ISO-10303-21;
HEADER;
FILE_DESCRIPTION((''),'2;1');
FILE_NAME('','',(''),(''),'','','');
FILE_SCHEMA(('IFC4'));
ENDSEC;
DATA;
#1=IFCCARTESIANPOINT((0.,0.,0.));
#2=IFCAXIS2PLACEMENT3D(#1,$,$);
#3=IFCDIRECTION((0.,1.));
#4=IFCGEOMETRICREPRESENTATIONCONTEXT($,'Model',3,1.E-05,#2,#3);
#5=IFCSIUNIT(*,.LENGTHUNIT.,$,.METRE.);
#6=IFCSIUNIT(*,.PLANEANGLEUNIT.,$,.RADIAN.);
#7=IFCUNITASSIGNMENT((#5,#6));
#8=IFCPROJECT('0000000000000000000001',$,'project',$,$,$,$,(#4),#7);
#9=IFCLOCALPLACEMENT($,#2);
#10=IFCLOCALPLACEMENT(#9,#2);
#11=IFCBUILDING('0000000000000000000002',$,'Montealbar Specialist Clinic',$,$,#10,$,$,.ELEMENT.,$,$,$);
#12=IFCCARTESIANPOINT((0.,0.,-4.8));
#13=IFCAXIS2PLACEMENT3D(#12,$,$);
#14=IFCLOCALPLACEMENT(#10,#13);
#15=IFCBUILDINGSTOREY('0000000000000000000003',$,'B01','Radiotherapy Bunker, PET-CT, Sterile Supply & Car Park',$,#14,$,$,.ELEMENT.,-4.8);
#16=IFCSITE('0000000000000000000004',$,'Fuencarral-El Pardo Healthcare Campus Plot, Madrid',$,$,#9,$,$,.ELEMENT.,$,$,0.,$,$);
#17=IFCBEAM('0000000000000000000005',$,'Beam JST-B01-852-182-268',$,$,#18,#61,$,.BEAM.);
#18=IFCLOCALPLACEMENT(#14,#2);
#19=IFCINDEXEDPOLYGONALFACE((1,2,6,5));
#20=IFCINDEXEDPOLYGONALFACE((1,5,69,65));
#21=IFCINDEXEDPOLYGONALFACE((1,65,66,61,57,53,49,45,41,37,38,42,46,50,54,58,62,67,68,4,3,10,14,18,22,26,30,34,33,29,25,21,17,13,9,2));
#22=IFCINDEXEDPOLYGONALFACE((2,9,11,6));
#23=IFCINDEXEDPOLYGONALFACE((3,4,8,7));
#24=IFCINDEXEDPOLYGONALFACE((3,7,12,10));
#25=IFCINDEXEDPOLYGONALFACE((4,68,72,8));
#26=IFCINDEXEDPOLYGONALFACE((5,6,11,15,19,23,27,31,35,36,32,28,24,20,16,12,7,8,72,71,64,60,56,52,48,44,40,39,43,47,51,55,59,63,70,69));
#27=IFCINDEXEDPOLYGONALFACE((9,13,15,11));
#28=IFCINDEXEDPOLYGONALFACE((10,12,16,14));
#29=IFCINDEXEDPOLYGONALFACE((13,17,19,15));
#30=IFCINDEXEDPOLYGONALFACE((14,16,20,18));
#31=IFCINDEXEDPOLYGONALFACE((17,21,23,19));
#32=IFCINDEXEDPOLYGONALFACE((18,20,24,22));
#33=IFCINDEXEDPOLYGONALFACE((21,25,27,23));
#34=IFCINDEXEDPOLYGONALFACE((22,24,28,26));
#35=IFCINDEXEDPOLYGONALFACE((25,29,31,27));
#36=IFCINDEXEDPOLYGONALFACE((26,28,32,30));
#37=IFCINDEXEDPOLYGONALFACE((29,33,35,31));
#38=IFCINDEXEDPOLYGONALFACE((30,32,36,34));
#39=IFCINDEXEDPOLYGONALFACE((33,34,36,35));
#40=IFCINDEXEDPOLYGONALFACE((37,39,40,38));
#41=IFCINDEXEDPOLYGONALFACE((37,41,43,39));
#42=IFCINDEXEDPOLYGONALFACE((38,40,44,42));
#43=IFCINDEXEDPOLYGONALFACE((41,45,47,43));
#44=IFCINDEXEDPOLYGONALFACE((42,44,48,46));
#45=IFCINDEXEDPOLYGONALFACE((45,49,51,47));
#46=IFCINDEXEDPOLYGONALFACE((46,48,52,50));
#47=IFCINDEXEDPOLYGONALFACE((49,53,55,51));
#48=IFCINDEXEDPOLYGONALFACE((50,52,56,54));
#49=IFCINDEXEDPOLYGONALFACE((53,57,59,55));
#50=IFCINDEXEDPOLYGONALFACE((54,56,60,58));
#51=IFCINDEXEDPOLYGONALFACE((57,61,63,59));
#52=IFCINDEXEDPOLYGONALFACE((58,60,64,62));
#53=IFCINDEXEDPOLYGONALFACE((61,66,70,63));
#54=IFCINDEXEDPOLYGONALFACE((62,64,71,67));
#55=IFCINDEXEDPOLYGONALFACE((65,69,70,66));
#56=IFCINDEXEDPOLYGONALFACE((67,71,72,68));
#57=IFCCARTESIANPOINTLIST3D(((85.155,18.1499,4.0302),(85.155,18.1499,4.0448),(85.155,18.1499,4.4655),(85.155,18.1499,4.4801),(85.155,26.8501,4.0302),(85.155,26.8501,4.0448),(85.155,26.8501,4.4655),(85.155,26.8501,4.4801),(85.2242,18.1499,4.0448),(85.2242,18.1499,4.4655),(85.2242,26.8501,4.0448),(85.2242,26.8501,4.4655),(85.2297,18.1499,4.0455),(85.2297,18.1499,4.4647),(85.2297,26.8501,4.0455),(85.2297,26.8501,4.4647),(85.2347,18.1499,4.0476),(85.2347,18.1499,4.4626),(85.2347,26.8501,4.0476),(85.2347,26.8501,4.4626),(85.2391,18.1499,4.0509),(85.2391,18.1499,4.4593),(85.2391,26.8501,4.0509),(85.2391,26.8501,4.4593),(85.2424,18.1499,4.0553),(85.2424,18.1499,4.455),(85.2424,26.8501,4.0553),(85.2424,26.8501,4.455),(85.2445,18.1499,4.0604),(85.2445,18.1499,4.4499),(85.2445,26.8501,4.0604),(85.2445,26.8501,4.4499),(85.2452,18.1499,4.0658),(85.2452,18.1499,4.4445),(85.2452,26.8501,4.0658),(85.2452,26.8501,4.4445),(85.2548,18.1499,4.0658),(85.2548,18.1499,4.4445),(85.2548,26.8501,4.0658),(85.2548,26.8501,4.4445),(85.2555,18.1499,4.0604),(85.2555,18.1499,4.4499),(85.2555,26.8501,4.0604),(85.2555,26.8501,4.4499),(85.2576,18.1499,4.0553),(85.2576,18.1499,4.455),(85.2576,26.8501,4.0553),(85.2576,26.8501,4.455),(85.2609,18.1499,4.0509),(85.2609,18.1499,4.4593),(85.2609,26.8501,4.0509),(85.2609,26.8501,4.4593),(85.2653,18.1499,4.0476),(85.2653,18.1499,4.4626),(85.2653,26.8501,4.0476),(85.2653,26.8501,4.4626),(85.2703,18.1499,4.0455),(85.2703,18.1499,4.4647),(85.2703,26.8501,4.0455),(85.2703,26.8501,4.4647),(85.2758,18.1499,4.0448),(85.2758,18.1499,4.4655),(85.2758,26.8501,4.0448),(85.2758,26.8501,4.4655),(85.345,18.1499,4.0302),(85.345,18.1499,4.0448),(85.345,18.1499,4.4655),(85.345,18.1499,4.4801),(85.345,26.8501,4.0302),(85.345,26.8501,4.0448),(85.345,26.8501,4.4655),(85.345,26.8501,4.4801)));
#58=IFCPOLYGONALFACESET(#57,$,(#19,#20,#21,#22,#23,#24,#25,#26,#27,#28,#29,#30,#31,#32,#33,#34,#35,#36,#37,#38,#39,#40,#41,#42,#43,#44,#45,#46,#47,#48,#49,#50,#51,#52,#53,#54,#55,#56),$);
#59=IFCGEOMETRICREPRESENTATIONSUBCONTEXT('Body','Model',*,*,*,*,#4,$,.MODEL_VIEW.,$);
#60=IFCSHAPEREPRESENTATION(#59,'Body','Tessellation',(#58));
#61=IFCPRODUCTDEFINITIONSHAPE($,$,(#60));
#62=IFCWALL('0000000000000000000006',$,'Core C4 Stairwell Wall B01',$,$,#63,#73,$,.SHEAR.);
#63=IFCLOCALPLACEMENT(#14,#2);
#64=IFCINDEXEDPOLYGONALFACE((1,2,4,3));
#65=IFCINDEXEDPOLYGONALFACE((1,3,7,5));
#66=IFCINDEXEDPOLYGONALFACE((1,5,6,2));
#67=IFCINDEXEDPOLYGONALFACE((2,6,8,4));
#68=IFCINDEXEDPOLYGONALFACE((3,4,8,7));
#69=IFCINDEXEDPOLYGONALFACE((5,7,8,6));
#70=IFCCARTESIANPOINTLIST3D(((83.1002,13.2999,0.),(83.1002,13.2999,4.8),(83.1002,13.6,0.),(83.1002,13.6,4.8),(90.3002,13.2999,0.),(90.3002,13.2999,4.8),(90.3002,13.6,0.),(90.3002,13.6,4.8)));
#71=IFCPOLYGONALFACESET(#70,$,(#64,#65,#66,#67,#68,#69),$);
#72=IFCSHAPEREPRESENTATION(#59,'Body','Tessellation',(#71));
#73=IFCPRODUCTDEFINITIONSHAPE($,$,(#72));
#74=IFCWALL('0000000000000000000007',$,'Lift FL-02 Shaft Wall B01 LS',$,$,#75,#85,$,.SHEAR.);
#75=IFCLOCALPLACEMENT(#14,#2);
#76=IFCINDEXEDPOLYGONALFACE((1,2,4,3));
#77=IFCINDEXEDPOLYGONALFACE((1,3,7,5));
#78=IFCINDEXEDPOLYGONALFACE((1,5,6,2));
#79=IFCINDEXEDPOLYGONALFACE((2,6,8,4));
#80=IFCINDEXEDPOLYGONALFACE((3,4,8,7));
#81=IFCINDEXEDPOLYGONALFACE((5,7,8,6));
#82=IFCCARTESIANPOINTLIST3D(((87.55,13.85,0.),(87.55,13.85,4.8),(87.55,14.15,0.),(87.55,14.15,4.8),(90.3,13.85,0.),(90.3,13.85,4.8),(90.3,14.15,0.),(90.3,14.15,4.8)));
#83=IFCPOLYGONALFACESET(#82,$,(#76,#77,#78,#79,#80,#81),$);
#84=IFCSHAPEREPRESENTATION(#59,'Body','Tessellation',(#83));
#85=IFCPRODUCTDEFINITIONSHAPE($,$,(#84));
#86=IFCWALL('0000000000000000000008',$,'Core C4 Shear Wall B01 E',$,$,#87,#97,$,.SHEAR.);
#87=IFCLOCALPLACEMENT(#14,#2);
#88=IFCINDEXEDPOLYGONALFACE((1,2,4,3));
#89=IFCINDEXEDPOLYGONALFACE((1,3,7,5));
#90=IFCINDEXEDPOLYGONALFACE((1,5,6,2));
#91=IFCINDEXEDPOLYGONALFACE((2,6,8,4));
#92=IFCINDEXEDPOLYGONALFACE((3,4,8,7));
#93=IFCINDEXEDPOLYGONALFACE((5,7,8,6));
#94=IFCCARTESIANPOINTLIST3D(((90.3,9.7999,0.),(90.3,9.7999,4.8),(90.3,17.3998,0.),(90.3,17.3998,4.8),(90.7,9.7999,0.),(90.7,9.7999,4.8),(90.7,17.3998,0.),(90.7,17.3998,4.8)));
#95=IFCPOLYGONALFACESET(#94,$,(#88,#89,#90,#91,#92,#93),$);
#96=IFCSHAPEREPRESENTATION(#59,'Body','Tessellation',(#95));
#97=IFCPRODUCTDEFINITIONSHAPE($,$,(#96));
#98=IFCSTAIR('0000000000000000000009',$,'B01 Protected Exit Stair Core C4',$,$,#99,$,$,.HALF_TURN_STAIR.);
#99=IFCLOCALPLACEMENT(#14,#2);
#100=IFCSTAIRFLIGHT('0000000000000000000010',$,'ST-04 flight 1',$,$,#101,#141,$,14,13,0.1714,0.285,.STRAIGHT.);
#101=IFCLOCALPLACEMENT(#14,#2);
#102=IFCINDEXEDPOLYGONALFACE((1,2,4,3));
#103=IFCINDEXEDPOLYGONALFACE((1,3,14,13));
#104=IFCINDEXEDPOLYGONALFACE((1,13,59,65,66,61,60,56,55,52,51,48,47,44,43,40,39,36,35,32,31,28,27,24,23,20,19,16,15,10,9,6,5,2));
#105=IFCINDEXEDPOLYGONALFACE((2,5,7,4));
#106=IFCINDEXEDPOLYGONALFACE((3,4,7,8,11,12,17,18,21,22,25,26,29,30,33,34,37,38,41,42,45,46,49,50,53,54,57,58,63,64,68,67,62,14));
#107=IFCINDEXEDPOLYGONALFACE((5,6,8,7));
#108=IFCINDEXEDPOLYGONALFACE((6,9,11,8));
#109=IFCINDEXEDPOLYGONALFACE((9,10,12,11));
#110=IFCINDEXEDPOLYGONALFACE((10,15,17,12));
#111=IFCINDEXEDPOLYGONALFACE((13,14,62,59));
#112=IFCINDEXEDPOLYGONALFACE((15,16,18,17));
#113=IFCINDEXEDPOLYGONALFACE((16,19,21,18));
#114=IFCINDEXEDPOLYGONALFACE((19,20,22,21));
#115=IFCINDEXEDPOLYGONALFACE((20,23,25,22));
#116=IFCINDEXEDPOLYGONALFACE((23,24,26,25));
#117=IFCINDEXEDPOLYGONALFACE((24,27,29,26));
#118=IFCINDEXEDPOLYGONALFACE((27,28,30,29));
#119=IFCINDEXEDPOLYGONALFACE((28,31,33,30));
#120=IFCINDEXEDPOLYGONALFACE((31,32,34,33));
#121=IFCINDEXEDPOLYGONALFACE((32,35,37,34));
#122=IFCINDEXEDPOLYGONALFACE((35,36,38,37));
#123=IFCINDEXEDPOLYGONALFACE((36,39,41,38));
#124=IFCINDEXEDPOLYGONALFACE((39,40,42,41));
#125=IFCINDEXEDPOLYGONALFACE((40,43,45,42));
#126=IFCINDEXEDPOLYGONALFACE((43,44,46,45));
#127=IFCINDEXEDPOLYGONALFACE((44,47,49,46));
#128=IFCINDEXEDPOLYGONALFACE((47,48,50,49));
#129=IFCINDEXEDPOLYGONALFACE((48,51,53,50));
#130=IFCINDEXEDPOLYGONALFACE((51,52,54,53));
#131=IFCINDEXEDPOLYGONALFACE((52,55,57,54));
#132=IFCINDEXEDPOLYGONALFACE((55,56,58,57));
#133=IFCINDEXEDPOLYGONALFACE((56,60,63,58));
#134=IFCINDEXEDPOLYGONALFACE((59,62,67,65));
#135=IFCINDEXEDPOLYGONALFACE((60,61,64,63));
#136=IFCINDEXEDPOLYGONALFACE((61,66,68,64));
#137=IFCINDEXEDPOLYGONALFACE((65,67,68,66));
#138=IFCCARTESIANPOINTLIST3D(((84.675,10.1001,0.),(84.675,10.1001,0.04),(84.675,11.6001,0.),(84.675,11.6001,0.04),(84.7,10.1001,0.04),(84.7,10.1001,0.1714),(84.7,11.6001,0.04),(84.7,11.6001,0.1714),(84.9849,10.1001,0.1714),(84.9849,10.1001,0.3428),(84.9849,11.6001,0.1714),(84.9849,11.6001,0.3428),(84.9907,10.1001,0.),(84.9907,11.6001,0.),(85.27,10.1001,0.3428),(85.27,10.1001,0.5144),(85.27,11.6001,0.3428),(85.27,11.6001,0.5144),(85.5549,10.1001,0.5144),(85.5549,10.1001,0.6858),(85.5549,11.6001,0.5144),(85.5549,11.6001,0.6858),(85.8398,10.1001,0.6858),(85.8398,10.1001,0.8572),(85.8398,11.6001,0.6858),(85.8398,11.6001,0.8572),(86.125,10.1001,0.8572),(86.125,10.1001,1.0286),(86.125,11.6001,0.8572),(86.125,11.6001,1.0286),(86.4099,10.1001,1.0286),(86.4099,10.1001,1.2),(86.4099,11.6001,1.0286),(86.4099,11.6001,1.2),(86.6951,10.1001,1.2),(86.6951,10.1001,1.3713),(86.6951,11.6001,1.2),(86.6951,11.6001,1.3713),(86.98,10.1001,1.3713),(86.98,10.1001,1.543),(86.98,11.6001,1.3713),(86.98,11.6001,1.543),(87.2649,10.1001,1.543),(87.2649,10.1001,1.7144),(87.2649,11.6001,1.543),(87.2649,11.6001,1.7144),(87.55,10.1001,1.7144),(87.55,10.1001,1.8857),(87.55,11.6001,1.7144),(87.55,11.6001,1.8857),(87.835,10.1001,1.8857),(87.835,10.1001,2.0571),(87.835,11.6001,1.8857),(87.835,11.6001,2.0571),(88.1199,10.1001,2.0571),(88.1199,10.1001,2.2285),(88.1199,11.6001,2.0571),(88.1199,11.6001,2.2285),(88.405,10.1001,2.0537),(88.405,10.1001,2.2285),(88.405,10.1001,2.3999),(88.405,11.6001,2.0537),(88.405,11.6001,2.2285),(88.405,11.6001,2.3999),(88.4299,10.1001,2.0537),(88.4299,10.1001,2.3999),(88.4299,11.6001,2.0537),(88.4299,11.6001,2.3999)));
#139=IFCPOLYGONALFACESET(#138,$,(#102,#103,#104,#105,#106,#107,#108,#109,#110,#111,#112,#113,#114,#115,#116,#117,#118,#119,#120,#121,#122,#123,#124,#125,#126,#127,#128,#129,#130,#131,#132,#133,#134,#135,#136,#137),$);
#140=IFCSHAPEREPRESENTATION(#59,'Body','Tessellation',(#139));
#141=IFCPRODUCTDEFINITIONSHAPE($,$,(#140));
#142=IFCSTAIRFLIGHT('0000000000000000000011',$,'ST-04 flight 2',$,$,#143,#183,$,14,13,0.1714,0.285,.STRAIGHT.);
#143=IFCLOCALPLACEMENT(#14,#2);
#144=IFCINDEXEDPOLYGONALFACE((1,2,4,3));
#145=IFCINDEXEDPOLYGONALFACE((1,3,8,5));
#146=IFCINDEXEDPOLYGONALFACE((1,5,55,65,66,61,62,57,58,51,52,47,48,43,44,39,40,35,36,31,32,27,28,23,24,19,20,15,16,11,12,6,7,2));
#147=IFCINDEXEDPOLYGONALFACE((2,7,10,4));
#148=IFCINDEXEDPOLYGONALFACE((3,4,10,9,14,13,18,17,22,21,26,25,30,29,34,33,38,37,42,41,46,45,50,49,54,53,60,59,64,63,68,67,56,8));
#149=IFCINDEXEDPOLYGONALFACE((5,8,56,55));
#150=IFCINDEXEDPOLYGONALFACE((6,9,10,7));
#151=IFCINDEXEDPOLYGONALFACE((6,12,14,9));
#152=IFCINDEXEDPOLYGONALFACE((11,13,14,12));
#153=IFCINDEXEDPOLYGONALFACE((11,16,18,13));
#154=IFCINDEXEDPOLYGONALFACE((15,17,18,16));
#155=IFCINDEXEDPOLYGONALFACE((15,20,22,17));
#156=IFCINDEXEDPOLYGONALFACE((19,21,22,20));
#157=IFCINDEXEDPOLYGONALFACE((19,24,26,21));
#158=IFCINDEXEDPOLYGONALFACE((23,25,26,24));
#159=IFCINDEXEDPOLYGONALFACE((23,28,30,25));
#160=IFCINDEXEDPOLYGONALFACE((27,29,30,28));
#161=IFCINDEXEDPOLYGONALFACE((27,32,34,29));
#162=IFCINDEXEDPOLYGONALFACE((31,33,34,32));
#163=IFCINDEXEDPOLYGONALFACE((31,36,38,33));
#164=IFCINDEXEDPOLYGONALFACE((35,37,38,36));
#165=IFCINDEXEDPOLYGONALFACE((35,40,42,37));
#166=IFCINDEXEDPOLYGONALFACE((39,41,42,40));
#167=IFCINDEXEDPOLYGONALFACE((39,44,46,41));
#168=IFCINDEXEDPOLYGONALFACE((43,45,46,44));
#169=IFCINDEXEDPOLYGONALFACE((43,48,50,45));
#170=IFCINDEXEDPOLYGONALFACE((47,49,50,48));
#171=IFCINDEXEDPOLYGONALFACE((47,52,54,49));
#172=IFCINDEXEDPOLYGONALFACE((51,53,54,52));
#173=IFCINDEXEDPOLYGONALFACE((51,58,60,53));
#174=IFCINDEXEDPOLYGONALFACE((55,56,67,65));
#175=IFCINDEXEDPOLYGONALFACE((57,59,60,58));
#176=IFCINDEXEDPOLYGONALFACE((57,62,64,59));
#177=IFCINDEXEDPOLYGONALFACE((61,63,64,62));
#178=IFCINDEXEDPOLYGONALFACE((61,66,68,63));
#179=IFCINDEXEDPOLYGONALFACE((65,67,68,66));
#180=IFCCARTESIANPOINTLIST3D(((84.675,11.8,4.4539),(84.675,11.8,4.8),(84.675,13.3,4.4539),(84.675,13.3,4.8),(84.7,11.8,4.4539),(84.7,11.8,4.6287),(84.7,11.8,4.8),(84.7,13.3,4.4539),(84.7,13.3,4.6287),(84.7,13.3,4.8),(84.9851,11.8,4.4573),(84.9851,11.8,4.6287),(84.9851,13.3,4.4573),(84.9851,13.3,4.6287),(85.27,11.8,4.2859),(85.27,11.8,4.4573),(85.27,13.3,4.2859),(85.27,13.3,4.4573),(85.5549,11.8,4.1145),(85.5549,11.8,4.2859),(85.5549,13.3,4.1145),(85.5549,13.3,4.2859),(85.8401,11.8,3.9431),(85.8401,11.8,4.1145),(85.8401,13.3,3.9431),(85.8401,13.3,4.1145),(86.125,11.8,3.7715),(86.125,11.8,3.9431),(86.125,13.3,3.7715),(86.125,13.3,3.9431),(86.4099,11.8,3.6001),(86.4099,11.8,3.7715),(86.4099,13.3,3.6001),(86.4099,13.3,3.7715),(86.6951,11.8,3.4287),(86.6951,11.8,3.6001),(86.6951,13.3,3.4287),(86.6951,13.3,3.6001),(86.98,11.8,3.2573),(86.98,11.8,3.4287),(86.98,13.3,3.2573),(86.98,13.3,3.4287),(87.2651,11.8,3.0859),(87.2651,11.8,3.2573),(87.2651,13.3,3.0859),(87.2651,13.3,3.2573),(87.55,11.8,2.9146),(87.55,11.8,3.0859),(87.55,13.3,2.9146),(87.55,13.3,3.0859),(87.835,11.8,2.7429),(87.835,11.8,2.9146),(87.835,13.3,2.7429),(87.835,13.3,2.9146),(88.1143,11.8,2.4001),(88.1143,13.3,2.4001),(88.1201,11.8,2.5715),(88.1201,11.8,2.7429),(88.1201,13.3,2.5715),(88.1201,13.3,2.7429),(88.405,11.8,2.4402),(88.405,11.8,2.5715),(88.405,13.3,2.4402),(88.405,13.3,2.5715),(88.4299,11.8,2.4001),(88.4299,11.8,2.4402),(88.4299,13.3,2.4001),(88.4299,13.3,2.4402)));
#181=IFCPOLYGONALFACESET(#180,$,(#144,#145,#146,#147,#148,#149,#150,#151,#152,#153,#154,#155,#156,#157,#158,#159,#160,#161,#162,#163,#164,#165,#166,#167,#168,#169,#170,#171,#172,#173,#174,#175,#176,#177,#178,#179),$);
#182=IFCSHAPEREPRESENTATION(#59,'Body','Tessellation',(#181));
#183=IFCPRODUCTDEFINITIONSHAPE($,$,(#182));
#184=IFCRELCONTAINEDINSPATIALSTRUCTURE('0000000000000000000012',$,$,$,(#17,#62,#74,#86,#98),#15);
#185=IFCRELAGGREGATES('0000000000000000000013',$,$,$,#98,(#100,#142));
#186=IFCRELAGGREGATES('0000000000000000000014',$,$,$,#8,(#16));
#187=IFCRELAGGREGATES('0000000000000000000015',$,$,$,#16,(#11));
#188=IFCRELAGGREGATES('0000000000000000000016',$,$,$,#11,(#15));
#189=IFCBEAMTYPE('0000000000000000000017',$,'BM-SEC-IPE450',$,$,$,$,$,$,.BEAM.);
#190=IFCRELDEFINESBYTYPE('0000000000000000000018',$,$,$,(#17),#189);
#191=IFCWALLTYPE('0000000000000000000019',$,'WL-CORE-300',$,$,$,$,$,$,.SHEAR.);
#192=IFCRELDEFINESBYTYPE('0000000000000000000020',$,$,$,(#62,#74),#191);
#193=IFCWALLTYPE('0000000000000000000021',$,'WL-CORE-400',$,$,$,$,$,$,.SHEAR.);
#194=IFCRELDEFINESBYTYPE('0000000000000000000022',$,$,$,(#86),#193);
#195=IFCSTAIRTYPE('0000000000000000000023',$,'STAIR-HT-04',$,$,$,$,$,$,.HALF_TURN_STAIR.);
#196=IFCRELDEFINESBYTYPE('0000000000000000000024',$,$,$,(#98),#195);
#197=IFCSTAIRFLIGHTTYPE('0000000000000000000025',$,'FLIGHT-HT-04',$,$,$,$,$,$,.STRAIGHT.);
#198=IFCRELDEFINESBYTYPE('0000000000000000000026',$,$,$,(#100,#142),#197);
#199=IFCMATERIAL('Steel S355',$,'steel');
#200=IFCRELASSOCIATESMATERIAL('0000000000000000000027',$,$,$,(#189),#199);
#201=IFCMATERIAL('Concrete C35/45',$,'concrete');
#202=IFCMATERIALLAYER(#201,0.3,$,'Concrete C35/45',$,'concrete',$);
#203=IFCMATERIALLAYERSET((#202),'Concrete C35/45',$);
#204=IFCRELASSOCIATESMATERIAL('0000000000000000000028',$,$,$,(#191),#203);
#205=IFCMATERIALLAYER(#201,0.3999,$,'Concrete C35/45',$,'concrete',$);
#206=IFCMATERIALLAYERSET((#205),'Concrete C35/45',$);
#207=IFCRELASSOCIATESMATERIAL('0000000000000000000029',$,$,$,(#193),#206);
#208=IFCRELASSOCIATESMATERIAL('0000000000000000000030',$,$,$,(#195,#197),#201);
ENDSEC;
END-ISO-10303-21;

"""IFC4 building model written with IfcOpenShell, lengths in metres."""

from ifc_helpers import new_model, si_unit, direction, frame, frame_2d, origin, origin_2d, place, context, subcontext, project, spatial, polyline, rectangle, i_section, outline, extrude, material, layer, layer_set, material_profile, profile_set, type_object, element, aggregate, save


model = new_model("IFC4")

# Units and contexts
model_context = context("Model", 3, precision=1e-05, world=origin(), true_north=direction((0.0, 1.0)))
body_context = subcontext(model_context, "Body", "Model", "MODEL_VIEW")
ifc_project = project(units=[si_unit("LENGTHUNIT", "METRE"), si_unit("PLANEANGLEUNIT", "RADIAN")], contexts=[model_context])

# Site, building, storey
site_placement = place(None, origin())
site = spatial("IfcSite", under=ifc_project, at=site_placement, Name="Fuencarral-El Pardo Healthcare Campus Plot, Madrid", CompositionType="ELEMENT", RefElevation=0.0)
building_placement = place(site_placement, origin())
building = spatial("IfcBuilding", under=site, at=building_placement, Name="Montealbar Specialist Clinic", CompositionType="ELEMENT")
storey_placement = place(building_placement, frame((0.0, 0.0, -4.8)))
storey = spatial("IfcBuildingStorey", under=building, at=storey_placement, Name="B01", Description="Radiotherapy Bunker, PET-CT, Sterile Supply & Car Park", CompositionType="ELEMENT", Elevation=-4.8)

# Beam
ifc_material_1 = material(Name="Steel S355", Category="steel")
ifc_material_profile_1 = material_profile(ifc_material_1, i_section(OverallWidth=0.1899, OverallDepth=0.45, WebThickness=0.0095, FlangeThickness=0.0146, FilletRadius=0.021, at=origin_2d()), Name="IPE 450", Category="steel")
ifc_profile_set_1 = profile_set([ifc_material_profile_1], Name="Steel S355")
beam_type_1 = type_object("IfcBeamType", Name="BM-SEC-IPE450", PredefinedType="BEAM", material=ifc_profile_set_1)
beam_1_placement = place(storey_placement, frame((85.25, 18.1499, 4.2551), z_axis=(0.0, 1.0, 0.0), x_axis=(-1.0, 0.0, 0.0)))
element("IfcBeam", 1, at=beam_1_placement, inside=storey, type_object=beam_type_1, Name="Beam JST-B01-852-182-268", PredefinedType="BEAM", context=body_context, shape_type="SweptSolid", body=[
    extrude(i_section(OverallWidth=0.1899, OverallDepth=0.45, WebThickness=0.0095, FlangeThickness=0.0146, FilletRadius=0.021, at=origin_2d()), origin(), (0.0, 0.0, 1.0), 8.7002),
])

# Walls
ifc_material_2 = material(Name="Concrete C35/45", Category="concrete")
ifc_layer_1 = layer(ifc_material_2, 0.3, Name="Concrete C35/45", Category="concrete")
ifc_layer_set_1 = layer_set([ifc_layer_1], Name="Concrete C35/45")
wall_type_1 = type_object("IfcWallType", Name="WL-CORE-300", PredefinedType="SHEAR", material=ifc_layer_set_1)
wall_1_placement = place(storey_placement, frame((83.1001, 13.45, 0.0), z_axis=(0.0, 0.0, 1.0), x_axis=(1.0, 0.0, 0.0)))
element("IfcWall", 2, at=wall_1_placement, inside=storey, type_object=wall_type_1, Name="Core C4 Stairwell Wall B01", PredefinedType="SHEAR", context=body_context, shape_type="SweptSolid", body=[
    extrude(rectangle(XDim=7.2, YDim=0.3, at=frame_2d((3.6001, 0.0))), origin(), (0.0, 0.0, 1.0), 4.8),
])
wall_2_placement = place(storey_placement, frame((87.55, 14.0, 0.0), z_axis=(0.0, 0.0, 1.0), x_axis=(1.0, 0.0, 0.0)))
element("IfcWall", 3, at=wall_2_placement, inside=storey, type_object=wall_type_1, Name="Lift FL-02 Shaft Wall B01 LS", PredefinedType="SHEAR", context=body_context, shape_type="SweptSolid", body=[
    extrude(rectangle(XDim=2.75, YDim=0.3, at=frame_2d((1.375, 0.0))), origin(), (0.0, 0.0, 1.0), 4.8),
])

# Wall
ifc_layer_2 = layer(ifc_material_2, 0.3999, Name="Concrete C35/45", Category="concrete")
ifc_layer_set_2 = layer_set([ifc_layer_2], Name="Concrete C35/45")
wall_type_2 = type_object("IfcWallType", Name="WL-CORE-400", PredefinedType="SHEAR", material=ifc_layer_set_2)
wall_3_placement = place(storey_placement, frame((90.5, 9.8, 0.0), z_axis=(0.0, 0.0, 1.0), x_axis=(0.0, 1.0, 0.0)))
element("IfcWall", 4, at=wall_3_placement, inside=storey, type_object=wall_type_2, Name="Core C4 Shear Wall B01 E", PredefinedType="SHEAR", context=body_context, shape_type="SweptSolid", body=[
    extrude(rectangle(XDim=7.5999, YDim=0.3999, at=frame_2d((3.7998, 0.0))), origin(), (0.0, 0.0, 1.0), 4.8),
])

# Stair, stair flights
stair_type = type_object("IfcStairType", Name="STAIR-HT-04", PredefinedType="HALF_TURN_STAIR", material=ifc_material_2)
stair_placement = place(storey_placement, origin())
stair = element("IfcStair", 5, at=stair_placement, inside=storey, type_object=stair_type, Name="B01 Protected Exit Stair Core C4", PredefinedType="HALF_TURN_STAIR")
stair_flight_type = type_object("IfcStairFlightType", Name="FLIGHT-HT-04", PredefinedType="STRAIGHT", material=ifc_material_2)
stair_flight_1_placement = place(storey_placement, frame((84.7, 10.8501, 0.0), z_axis=(0.0, 0.0, 1.0), x_axis=(1.0, 0.0, 0.0)))
stair_flight_1 = element("IfcStairFlight", 6, at=stair_flight_1_placement, type_object=stair_flight_type, Name="ST-04 flight 1", NumberOfRisers=14, NumberOfTreads=13, PredefinedType="STRAIGHT", RiserHeight=0.1714, TreadLength=0.285, context=body_context, shape_type="SweptSolid", body=[
    extrude(outline(polyline([(-0.0249, 0.0), (-0.0249, 0.04), (0.0, 0.04), (0.0, 0.1714), (0.2849, 0.1714), (0.2849, 0.3428), (0.5701, 0.3428), (0.5701, 0.5144), (0.855, 0.5144), (0.855, 0.6858), (1.1399, 0.6858), (1.1399, 0.8572), (1.425, 0.8572), (1.425, 1.0286), (1.71, 1.0286), (1.71, 1.2), (1.9951, 1.2), (1.9951, 1.3713), (2.28, 1.3713), (2.28, 1.543), (2.5649, 1.543), (2.5649, 1.7144), (2.8501, 1.7144), (2.8501, 1.8857), (3.135, 1.8857), (3.135, 2.0571), (3.4199, 2.0571), (3.4199, 2.2285), (3.7051, 2.2285), (3.7051, 2.3999), (3.73, 2.3999), (3.73, 2.0537), (3.7051, 2.0537), (0.2908, 0.0), (-0.0249, 0.0)])), frame((0.0, 0.75, 0.0), z_axis=(0.0, -1.0, 0.0), x_axis=(1.0, 0.0, 0.0)), (0.0, 0.0, 1.0), 1.5),
])
stair_flight_2_placement = place(storey_placement, frame((88.405, 12.55, 2.4001), z_axis=(0.0, 0.0, 1.0), x_axis=(-1.0, 0.0, 0.0)))
stair_flight_2 = element("IfcStairFlight", 7, at=stair_flight_2_placement, type_object=stair_flight_type, Name="ST-04 flight 2", NumberOfRisers=14, NumberOfTreads=13, PredefinedType="STRAIGHT", RiserHeight=0.1714, TreadLength=0.285, context=body_context, shape_type="SweptSolid", body=[
    extrude(outline(polyline([(-0.0249, 0.0), (-0.0249, 0.04), (0.0, 0.04), (0.0, 0.1714), (0.2849, 0.1714), (0.2849, 0.3428), (0.5701, 0.3428), (0.5701, 0.5144), (0.855, 0.5144), (0.855, 0.6858), (1.1399, 0.6858), (1.1399, 0.8572), (1.425, 0.8572), (1.425, 1.0286), (1.71, 1.0286), (1.71, 1.2), (1.9951, 1.2), (1.9951, 1.3713), (2.28, 1.3713), (2.28, 1.543), (2.5649, 1.543), (2.5649, 1.7144), (2.8501, 1.7144), (2.8501, 1.8857), (3.135, 1.8857), (3.135, 2.0571), (3.4199, 2.0571), (3.4199, 2.2285), (3.7051, 2.2285), (3.7051, 2.3999), (3.73, 2.3999), (3.73, 2.0537), (3.7051, 2.0537), (0.2908, 0.0), (-0.0249, 0.0)])), frame((0.0, 0.75, 0.0), z_axis=(0.0, -1.0, 0.0), x_axis=(1.0, 0.0, 0.0)), (0.0, 0.0, 1.0), 1.5),
])
aggregate(stair, [stair_flight_1, stair_flight_2])

save(model, "model.ifc")
